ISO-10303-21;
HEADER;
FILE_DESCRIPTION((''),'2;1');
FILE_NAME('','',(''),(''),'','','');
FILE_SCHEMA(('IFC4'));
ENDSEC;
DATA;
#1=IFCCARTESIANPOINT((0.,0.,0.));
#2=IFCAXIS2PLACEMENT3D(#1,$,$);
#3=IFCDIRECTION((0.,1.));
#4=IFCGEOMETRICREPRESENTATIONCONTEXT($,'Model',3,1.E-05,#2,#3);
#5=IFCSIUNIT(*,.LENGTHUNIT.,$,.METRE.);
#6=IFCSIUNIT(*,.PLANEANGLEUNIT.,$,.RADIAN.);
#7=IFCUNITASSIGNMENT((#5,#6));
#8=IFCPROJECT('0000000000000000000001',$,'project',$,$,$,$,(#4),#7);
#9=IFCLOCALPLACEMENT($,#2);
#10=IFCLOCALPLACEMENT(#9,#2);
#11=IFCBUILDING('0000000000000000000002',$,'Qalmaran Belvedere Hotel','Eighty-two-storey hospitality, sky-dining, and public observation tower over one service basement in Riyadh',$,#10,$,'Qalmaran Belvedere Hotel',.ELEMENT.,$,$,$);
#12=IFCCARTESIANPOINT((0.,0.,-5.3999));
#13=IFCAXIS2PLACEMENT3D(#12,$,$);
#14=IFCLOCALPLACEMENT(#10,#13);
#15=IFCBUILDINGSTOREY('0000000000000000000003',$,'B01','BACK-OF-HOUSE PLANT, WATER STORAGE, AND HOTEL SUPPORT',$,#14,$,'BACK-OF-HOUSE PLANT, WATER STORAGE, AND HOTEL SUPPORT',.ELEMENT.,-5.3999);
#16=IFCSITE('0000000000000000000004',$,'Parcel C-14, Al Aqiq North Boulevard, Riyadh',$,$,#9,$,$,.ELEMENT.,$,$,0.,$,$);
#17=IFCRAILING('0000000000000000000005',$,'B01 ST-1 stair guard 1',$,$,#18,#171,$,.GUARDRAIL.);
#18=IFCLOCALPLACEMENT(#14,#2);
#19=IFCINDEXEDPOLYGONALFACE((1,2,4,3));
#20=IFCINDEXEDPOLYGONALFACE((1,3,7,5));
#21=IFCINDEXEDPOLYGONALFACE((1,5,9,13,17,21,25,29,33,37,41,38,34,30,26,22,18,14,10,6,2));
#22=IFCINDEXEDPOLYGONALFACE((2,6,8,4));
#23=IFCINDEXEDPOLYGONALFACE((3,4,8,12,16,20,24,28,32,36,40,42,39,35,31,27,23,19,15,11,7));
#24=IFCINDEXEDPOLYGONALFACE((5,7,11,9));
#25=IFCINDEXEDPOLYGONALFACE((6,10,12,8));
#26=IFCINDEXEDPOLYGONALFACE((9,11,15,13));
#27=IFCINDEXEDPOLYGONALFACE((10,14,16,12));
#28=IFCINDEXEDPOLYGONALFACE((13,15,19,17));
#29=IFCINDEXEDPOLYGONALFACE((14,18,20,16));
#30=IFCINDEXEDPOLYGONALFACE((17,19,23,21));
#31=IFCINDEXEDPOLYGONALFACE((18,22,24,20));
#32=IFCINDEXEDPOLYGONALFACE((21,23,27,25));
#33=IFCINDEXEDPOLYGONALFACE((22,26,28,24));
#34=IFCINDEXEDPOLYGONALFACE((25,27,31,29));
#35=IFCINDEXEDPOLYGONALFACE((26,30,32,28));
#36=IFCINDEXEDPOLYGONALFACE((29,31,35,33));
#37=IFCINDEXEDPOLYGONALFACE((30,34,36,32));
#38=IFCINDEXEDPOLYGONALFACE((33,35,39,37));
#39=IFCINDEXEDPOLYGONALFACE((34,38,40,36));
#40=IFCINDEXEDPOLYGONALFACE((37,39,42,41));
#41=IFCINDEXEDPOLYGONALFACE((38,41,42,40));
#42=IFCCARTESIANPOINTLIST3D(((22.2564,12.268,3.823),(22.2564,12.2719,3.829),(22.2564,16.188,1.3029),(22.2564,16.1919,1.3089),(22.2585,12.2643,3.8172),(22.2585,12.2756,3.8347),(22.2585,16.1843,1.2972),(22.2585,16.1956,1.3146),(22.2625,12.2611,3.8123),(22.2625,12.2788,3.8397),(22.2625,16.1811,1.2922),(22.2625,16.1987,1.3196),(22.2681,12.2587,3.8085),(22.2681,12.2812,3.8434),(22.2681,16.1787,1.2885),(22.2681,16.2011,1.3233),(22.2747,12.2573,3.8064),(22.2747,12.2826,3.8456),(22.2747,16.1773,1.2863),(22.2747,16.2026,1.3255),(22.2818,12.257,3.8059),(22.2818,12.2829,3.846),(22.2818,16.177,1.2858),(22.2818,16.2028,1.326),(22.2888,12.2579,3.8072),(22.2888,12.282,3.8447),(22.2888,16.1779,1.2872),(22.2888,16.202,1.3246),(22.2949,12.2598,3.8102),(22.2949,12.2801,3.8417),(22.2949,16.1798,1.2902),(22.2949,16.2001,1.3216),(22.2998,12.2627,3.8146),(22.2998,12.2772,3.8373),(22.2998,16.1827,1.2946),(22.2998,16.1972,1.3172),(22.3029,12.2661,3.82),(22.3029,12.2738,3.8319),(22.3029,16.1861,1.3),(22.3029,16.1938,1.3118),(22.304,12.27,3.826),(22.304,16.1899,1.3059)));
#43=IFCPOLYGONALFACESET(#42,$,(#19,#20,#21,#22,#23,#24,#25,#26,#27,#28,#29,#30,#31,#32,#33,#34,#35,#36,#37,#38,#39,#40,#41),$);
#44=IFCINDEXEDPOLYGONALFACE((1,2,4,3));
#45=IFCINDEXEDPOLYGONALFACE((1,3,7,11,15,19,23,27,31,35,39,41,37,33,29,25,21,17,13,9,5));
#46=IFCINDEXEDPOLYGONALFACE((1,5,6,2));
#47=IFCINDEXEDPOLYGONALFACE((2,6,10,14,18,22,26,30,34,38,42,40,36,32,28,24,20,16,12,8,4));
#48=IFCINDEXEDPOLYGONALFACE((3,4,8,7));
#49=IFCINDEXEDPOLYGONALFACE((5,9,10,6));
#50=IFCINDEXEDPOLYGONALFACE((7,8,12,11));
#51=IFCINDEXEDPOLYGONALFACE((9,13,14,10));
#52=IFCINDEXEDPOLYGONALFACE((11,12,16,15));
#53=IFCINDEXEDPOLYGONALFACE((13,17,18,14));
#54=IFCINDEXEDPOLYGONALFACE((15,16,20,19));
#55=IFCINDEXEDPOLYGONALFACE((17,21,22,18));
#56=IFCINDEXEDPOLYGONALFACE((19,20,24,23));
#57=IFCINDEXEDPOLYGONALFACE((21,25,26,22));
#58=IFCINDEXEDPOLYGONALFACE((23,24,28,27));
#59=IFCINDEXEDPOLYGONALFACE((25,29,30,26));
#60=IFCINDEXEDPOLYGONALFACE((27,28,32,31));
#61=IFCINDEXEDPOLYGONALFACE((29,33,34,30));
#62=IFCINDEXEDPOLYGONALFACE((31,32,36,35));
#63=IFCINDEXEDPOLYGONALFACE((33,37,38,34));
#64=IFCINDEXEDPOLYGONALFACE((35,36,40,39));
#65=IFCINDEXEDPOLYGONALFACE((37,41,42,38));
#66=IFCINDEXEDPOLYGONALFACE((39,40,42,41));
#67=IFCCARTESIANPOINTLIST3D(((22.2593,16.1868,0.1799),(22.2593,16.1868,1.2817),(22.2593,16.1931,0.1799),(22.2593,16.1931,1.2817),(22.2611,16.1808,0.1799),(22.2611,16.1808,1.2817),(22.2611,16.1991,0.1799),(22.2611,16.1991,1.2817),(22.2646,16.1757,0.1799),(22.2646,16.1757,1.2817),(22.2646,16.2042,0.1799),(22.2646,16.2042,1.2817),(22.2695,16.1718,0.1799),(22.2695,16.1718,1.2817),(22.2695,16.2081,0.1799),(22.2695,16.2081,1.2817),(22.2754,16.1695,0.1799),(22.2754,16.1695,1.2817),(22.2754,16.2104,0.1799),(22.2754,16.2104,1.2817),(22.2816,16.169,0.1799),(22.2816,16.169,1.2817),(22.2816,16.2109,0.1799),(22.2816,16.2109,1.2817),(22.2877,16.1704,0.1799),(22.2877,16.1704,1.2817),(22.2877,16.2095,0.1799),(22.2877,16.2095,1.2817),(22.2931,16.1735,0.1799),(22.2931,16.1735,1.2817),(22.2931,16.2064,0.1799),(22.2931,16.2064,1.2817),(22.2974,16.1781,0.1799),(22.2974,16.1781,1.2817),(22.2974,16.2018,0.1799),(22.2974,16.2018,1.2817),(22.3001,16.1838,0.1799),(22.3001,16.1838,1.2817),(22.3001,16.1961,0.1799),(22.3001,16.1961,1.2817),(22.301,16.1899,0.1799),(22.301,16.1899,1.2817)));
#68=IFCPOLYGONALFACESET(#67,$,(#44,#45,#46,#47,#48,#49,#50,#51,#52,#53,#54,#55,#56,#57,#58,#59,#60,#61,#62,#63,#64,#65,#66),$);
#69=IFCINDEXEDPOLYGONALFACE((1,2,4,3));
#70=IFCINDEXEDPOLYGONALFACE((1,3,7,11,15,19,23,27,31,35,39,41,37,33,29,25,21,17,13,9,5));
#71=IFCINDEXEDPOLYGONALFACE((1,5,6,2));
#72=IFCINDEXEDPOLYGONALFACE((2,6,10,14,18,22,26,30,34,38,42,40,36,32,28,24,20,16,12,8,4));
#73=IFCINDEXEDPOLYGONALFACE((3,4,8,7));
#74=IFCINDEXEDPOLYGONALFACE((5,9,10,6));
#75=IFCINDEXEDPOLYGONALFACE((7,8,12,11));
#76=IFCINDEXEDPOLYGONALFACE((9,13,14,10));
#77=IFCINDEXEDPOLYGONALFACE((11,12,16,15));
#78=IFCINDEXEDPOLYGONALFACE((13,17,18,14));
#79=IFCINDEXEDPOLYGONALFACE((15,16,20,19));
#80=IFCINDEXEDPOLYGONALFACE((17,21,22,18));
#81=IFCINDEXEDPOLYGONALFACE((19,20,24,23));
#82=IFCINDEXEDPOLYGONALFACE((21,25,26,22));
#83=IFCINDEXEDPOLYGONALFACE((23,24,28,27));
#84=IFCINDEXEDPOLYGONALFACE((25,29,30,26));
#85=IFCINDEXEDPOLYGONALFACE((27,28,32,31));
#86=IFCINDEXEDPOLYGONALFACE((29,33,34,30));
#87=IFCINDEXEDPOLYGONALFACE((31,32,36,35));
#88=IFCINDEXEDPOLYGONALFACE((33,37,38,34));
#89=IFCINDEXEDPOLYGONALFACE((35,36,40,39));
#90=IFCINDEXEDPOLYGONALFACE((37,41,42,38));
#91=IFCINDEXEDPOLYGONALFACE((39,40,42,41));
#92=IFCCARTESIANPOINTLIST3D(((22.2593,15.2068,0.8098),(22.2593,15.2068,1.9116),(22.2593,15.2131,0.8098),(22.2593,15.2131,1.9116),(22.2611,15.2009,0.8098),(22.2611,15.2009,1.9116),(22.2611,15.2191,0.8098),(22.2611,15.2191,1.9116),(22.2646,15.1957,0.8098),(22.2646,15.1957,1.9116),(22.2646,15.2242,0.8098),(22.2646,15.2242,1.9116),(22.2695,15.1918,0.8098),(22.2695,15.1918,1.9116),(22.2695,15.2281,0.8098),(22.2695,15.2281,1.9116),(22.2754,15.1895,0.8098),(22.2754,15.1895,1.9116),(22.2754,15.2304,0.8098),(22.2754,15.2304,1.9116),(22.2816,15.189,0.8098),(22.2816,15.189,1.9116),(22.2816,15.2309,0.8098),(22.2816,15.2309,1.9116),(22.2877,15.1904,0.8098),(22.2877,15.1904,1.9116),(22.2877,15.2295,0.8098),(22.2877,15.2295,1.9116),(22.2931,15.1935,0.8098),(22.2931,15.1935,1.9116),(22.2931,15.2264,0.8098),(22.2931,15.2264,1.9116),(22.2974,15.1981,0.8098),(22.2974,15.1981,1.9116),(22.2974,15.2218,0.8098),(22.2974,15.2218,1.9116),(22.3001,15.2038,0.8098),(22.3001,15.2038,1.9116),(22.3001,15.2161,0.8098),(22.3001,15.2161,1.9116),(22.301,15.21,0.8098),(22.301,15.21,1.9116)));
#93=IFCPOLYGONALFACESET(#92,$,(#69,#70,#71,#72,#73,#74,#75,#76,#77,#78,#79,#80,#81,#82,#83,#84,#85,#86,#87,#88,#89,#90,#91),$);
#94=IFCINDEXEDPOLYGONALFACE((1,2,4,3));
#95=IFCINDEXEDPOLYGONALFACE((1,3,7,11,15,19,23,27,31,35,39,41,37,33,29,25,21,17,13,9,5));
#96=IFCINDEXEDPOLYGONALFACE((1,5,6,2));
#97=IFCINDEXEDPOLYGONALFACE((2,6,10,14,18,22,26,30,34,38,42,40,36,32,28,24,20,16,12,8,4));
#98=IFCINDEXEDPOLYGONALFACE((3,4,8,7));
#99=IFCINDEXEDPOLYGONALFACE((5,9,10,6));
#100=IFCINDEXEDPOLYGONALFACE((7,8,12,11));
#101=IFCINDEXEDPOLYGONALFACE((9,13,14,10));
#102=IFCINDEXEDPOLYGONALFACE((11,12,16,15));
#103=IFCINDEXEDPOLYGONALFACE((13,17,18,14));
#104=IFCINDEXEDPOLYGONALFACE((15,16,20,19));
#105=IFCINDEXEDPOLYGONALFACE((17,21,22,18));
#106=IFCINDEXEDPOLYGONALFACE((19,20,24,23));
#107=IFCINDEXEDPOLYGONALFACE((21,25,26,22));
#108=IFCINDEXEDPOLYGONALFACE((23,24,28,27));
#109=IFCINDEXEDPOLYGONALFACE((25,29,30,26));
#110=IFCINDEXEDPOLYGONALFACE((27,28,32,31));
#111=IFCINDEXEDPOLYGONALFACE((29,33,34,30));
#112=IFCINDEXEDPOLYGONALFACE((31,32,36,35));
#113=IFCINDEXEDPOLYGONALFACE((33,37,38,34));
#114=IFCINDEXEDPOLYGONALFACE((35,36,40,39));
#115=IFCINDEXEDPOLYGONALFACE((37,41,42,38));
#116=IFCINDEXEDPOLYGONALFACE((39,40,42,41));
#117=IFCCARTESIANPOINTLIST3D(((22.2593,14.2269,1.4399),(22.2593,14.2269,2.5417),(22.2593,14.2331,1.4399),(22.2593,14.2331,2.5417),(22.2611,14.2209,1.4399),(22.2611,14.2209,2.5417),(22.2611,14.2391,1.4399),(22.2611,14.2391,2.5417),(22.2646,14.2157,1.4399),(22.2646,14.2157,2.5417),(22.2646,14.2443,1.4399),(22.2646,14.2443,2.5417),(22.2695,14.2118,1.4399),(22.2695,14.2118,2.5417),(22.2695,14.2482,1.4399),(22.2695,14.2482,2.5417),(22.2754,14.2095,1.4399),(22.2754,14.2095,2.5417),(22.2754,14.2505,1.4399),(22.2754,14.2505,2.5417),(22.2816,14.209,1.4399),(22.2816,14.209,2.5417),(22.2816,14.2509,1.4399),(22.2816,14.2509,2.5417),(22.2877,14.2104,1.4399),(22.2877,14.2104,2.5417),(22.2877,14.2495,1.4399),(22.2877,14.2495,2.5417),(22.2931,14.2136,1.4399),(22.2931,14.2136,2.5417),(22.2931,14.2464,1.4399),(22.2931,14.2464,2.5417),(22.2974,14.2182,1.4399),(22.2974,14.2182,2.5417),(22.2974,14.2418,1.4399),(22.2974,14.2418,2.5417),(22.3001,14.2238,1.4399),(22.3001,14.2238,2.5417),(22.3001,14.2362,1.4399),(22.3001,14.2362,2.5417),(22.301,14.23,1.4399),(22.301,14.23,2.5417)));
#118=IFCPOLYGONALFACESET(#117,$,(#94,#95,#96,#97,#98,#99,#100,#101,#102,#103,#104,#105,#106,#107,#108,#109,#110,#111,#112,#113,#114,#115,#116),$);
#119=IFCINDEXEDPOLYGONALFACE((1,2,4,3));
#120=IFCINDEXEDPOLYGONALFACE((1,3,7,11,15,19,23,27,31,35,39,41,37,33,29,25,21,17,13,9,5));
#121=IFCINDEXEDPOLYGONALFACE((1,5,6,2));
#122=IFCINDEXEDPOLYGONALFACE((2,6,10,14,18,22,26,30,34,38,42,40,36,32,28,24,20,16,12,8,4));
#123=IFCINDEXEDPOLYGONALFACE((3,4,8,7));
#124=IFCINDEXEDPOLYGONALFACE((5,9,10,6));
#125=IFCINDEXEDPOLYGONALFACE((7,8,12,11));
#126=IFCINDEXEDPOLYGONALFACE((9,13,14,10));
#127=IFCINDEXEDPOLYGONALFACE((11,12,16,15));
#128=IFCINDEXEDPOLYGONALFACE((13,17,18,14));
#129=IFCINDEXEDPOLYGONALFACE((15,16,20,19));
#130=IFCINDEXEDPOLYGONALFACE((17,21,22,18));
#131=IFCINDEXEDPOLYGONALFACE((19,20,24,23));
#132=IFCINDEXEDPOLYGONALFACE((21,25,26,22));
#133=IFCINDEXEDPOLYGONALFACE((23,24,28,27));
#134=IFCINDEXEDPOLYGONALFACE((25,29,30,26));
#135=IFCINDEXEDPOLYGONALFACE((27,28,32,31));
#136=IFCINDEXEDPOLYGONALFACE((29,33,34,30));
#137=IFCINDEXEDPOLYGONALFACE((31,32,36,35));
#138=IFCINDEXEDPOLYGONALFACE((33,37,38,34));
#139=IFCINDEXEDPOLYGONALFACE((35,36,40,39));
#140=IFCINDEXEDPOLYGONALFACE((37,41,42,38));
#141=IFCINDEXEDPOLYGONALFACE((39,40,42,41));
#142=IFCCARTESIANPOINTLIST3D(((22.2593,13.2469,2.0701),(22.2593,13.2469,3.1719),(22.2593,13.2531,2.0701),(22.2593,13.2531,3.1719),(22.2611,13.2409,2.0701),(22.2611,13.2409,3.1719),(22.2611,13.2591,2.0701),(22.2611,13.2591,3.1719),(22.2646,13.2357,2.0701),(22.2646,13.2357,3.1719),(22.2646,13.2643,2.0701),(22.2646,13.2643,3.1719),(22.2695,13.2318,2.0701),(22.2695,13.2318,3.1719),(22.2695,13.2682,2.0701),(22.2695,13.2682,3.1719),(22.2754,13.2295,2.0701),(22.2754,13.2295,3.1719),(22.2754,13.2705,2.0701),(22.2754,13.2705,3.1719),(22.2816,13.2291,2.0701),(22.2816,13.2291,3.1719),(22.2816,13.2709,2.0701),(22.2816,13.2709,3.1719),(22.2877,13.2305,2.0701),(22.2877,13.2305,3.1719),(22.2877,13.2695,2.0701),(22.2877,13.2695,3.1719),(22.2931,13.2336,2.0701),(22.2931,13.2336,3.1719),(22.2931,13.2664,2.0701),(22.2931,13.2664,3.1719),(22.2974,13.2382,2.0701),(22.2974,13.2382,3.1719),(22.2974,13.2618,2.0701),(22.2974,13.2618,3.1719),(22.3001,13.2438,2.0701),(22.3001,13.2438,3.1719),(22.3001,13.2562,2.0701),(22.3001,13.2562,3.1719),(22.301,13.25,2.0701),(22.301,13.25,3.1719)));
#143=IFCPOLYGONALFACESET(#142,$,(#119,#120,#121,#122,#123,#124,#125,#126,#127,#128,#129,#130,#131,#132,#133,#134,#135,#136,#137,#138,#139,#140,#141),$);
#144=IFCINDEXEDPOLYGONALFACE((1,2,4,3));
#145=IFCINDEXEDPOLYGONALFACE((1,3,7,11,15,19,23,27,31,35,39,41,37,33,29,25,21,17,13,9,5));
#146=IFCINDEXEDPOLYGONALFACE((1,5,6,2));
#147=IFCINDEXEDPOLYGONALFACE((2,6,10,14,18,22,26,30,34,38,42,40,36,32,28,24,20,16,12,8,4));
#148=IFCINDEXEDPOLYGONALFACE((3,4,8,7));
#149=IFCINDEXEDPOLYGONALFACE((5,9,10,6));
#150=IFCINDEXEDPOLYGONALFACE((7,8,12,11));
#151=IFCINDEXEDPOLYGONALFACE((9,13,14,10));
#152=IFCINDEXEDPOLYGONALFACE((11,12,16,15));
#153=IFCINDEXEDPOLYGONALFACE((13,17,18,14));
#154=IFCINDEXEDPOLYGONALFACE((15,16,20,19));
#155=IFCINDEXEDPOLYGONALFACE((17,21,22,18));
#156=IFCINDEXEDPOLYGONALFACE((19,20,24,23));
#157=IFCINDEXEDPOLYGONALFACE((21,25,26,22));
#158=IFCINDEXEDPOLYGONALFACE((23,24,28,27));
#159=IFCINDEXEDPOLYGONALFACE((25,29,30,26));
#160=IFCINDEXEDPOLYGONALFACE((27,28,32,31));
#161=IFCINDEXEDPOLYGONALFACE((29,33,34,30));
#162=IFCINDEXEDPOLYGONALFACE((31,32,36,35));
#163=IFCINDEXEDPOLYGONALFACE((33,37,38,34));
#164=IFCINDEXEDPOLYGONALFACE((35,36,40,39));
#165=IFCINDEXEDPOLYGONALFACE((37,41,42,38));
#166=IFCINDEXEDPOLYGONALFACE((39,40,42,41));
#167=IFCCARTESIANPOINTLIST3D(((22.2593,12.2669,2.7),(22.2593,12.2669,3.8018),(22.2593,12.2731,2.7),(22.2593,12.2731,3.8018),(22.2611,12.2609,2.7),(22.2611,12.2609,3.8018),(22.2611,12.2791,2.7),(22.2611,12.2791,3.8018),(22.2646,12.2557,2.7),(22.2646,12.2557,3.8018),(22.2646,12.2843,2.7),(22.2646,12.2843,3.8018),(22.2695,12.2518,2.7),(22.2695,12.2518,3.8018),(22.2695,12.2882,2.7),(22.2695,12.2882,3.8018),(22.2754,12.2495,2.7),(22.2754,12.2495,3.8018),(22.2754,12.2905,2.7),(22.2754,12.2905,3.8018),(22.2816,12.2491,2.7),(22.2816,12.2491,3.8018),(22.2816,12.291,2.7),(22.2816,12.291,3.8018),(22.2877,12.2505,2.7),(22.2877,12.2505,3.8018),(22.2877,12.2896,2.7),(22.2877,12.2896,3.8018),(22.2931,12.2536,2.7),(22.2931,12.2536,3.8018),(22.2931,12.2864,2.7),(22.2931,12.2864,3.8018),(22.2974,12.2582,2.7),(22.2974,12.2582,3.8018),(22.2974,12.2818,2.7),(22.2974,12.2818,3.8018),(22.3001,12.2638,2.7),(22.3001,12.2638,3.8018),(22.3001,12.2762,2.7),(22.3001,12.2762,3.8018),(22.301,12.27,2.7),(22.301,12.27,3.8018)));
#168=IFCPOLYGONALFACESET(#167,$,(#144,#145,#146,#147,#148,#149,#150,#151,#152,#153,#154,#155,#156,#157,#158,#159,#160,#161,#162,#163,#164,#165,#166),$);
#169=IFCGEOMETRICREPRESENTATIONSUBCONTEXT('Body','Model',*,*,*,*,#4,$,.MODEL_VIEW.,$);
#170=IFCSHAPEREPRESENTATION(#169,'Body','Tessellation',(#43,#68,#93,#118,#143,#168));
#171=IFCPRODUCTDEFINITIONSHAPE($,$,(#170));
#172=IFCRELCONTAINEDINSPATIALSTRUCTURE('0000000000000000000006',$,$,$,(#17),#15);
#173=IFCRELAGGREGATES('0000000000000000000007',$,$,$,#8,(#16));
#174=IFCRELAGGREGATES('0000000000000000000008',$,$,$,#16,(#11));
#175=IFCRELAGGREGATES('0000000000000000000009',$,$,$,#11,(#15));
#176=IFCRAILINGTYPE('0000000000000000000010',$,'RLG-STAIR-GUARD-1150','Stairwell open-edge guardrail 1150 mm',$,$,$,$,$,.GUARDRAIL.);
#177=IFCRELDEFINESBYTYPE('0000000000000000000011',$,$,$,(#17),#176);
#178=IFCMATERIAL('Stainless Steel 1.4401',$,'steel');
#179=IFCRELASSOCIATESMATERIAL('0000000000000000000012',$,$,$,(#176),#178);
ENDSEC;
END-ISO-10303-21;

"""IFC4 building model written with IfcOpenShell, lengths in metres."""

from ifc_helpers import new_model, si_unit, direction, frame, origin, origin_2d, place, context, subcontext, project, spatial, circle, extrude, material, type_object, element, save


model = new_model("IFC4")

# Units and contexts
model_context = context("Model", 3, precision=1e-05, world=origin(), true_north=direction((0.0, 1.0)))
body_context = subcontext(model_context, "Body", "Model", "MODEL_VIEW")
ifc_project = project(units=[si_unit("LENGTHUNIT", "METRE"), si_unit("PLANEANGLEUNIT", "RADIAN")], contexts=[model_context])

# Site, building, storey
site_placement = place(None, origin())
site = spatial("IfcSite", under=ifc_project, at=site_placement, Name="Parcel C-14, Al Aqiq North Boulevard, Riyadh", CompositionType="ELEMENT", RefElevation=0.0)
building_placement = place(site_placement, origin())
building = spatial("IfcBuilding", under=site, at=building_placement, Name="Qalmaran Belvedere Hotel", Description="Eighty-two-storey hospitality, sky-dining, and public observation tower over one service basement in Riyadh", LongName="Qalmaran Belvedere Hotel", CompositionType="ELEMENT")
storey_placement = place(building_placement, frame((0.0, 0.0, -5.3999)))
storey = spatial("IfcBuildingStorey", under=building, at=storey_placement, Name="B01", Description="BACK-OF-HOUSE PLANT, WATER STORAGE, AND HOTEL SUPPORT", LongName="BACK-OF-HOUSE PLANT, WATER STORAGE, AND HOTEL SUPPORT", CompositionType="ELEMENT", Elevation=-5.3999)

# Shared definitions
ifc_material_1 = material(Name="Stainless Steel 1.4401", Category="steel")

# Railing
railing_type_1 = type_object("IfcRailingType", Name="RLG-STAIR-GUARD-1150", Description="Stairwell open-edge guardrail 1150 mm", PredefinedType="GUARDRAIL", material=ifc_material_1)
railing_1_placement = place(storey_placement, frame((22.28, 16.1899, 0.1799)))
element("IfcRailing", 1, at=railing_1_placement, inside=storey, type_object=railing_type_1, Name="B01 ST-1 stair guard 1", PredefinedType="GUARDRAIL", context=body_context, shape_type="SweptSolid", body=[
    extrude(circle(Radius=0.0239, at=origin_2d()), frame((0.0, 0.0, 1.126), z_axis=(0.0, -0.841172, 0.540768), x_axis=(1.0, 0.0, 0.0)), (0.0, 0.0, 1.0), 4.6602),
    extrude(circle(Radius=0.021, at=origin_2d()), origin(), (0.0, 0.0, 1.0), 1.1018),
    extrude(circle(Radius=0.021, at=origin_2d()), frame((0.0, -0.98, 0.6299)), (0.0, 0.0, 1.0), 1.1018),
    extrude(circle(Radius=0.021, at=origin_2d()), frame((0.0, -1.96, 1.26)), (0.0, 0.0, 1.0), 1.1018),
    extrude(circle(Radius=0.021, at=origin_2d()), frame((0.0, -2.9399, 1.8901)), (0.0, 0.0, 1.0), 1.1018),
    extrude(circle(Radius=0.021, at=origin_2d()), frame((0.0, -3.9199, 2.52)), (0.0, 0.0, 1.0), 1.1018),
])

save(model, "model.ifc")
